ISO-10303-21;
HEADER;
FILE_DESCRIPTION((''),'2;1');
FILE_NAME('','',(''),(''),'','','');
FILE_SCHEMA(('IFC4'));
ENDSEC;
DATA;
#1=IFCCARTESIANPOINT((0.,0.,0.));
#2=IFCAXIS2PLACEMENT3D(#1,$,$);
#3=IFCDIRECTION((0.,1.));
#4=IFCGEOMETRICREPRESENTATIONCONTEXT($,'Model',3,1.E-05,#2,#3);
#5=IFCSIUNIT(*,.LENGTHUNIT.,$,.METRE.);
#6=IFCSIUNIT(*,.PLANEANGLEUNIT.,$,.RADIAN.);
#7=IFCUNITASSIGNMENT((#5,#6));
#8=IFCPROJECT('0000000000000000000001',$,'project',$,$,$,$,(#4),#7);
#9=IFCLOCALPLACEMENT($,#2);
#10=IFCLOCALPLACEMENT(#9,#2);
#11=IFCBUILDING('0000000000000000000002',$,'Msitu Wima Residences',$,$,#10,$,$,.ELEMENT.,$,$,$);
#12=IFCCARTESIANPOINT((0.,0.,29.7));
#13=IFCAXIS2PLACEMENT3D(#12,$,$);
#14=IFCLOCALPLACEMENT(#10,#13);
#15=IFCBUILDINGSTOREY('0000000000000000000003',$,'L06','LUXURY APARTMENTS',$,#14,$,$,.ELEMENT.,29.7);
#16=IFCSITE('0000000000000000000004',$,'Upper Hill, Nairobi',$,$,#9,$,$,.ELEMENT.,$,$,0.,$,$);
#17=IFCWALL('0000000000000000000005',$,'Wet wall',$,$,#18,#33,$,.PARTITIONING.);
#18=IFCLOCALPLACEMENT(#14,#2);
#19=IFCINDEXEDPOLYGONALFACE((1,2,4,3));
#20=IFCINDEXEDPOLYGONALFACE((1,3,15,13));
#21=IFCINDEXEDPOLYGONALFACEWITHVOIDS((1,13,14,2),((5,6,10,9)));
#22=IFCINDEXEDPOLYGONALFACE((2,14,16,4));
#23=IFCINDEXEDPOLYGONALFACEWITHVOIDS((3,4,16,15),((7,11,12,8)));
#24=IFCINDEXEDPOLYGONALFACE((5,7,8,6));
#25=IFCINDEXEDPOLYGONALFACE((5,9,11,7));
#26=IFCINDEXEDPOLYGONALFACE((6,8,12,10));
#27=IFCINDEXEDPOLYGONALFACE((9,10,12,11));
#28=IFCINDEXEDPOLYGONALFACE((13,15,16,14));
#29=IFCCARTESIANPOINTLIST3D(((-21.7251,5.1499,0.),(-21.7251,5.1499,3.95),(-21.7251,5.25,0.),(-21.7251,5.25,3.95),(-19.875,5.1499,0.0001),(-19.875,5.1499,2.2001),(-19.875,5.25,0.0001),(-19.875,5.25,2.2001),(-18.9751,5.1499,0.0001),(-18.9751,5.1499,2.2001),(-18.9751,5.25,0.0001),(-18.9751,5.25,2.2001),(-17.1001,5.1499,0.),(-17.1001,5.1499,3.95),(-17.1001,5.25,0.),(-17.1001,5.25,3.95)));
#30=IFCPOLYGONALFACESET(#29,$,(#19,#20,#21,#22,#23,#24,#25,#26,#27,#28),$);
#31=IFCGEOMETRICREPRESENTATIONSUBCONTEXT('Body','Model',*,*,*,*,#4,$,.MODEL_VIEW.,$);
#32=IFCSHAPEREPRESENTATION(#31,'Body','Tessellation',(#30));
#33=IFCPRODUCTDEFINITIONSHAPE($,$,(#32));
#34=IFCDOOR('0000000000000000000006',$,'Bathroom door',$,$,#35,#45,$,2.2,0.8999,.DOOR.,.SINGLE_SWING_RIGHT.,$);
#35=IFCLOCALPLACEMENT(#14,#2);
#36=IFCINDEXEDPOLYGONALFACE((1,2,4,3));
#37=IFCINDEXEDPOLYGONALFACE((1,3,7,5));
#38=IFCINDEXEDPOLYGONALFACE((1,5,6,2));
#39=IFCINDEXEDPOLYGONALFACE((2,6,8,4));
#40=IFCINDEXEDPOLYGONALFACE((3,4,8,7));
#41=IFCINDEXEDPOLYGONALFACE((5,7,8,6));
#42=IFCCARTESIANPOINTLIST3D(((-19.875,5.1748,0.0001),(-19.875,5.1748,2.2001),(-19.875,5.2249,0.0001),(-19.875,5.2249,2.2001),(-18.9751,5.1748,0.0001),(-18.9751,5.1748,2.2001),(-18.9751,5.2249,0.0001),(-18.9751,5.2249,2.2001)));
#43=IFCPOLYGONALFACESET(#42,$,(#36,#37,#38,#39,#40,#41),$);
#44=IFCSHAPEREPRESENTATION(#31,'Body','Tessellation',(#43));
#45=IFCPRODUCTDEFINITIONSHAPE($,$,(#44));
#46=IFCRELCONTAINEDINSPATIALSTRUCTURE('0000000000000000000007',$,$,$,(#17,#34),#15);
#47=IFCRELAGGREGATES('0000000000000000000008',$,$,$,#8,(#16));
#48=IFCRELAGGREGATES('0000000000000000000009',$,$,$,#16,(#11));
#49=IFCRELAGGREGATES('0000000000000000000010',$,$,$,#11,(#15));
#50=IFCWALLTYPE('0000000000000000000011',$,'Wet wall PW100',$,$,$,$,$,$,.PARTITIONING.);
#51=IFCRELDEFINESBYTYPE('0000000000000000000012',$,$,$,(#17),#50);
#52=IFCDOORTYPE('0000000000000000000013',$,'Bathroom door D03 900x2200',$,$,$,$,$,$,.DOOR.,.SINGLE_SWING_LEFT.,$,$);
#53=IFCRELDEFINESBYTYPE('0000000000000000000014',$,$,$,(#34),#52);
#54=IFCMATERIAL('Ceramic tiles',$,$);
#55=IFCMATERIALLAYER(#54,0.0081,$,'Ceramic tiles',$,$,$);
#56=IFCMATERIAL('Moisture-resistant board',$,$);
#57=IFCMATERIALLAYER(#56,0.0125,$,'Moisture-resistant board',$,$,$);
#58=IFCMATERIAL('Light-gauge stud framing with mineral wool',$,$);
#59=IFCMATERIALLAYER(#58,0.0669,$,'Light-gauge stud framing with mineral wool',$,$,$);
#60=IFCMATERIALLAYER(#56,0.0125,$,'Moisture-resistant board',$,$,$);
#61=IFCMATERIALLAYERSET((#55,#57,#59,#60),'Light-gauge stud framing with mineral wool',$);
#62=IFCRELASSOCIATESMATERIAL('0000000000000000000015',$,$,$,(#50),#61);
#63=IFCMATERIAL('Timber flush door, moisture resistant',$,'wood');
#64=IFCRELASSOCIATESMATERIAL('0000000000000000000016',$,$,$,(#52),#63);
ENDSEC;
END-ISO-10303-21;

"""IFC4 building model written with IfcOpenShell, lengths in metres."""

from ifc_helpers import new_model, si_unit, direction, frame, frame_2d, origin, place, context, subcontext, project, spatial, rectangle, extrude, material, layer, layer_set, type_object, element, fill, save


model = new_model("IFC4")

# Units and contexts
model_context = context("Model", 3, precision=1e-05, world=origin(), true_north=direction((0.0, 1.0)))
body_context = subcontext(model_context, "Body", "Model", "MODEL_VIEW")
ifc_project = project(units=[si_unit("LENGTHUNIT", "METRE"), si_unit("PLANEANGLEUNIT", "RADIAN")], contexts=[model_context])

# Site, building, storey
site_placement = place(None, origin())
site = spatial("IfcSite", under=ifc_project, at=site_placement, Name="Upper Hill, Nairobi", CompositionType="ELEMENT", RefElevation=0.0)
building_placement = place(site_placement, origin())
building = spatial("IfcBuilding", under=site, at=building_placement, Name="Msitu Wima Residences", CompositionType="ELEMENT")
storey_placement = place(building_placement, frame((0.0, 0.0, 29.7)))
storey = spatial("IfcBuildingStorey", under=building, at=storey_placement, Name="L06", Description="LUXURY APARTMENTS", CompositionType="ELEMENT", Elevation=29.7)

# Shared definitions
ifc_material_1 = material(Name="Ceramic tiles")
ifc_layer_1 = layer(ifc_material_1, 0.0081, Name="Ceramic tiles")
ifc_material_2 = material(Name="Moisture-resistant board")
ifc_layer_2 = layer(ifc_material_2, 0.0125, Name="Moisture-resistant board")
ifc_material_3 = material(Name="Light-gauge stud framing with mineral wool")
ifc_layer_3 = layer(ifc_material_3, 0.0669, Name="Light-gauge stud framing with mineral wool")
ifc_layer_4 = layer(ifc_material_2, 0.0125, Name="Moisture-resistant board")
ifc_layer_set_1 = layer_set([ifc_layer_1, ifc_layer_2, ifc_layer_3, ifc_layer_4], Name="Light-gauge stud framing with mineral wool")
wall_type_1 = type_object("IfcWallType", Name="Wet wall PW100", PredefinedType="PARTITIONING", material=ifc_layer_set_1)

# Wall, opening, door
wall_1_placement = place(storey_placement, frame((-21.7251, 5.2, 0.0), z_axis=(0.0, 0.0, 1.0), x_axis=(1.0, 0.0, 0.0)))
wall_1 = element("IfcWall", 1, at=wall_1_placement, inside=storey, type_object=wall_type_1, Name="Wet wall", PredefinedType="PARTITIONING", context=body_context, shape_type="SweptSolid", body=[
    extrude(rectangle(XDim=4.625, YDim=0.1001, at=frame_2d((2.3125, 0.0))), origin(), (0.0, 0.0, 1.0), 3.95),
])
opening_1_placement = place(wall_1_placement, frame((1.8501, 0.0, 0.0)))
opening_1 = element("IfcOpeningElement", 2, at=opening_1_placement, cuts=wall_1, PredefinedType="OPENING", context=body_context, shape_type="SweptSolid", body=[
    extrude(rectangle(XDim=0.8999, YDim=2.2, at=frame_2d((0.45, 1.1001))), frame((0.0, 0.0601, 0.0), z_axis=(0.0, -1.0, 0.0), x_axis=(1.0, 0.0, 0.0)), (0.0, 0.0, 1.0), 0.1201),
])
ifc_material_4 = material(Name="Timber flush door, moisture resistant", Category="wood")
door_type_1 = type_object("IfcDoorType", Name="Bathroom door D03 900x2200", OperationType="SINGLE_SWING_LEFT", PredefinedType="DOOR", material=ifc_material_4)
door_1_placement = place(opening_1_placement, origin())
door_1 = element("IfcDoor", 3, at=door_1_placement, inside=storey, type_object=door_type_1, Name="Bathroom door", OperationType="SINGLE_SWING_RIGHT", OverallHeight=2.2, OverallWidth=0.8999, PredefinedType="DOOR", context=body_context, shape_type="SweptSolid", body=[
    extrude(rectangle(XDim=0.8999, YDim=2.2, at=frame_2d((0.45, 1.1001))), frame((0.0, 0.0249, 0.0), z_axis=(0.0, -1.0, 0.0), x_axis=(1.0, 0.0, 0.0)), (0.0, 0.0, 1.0), 0.05),
])
fill(opening_1, door_1)

save(model, "model.ifc")
